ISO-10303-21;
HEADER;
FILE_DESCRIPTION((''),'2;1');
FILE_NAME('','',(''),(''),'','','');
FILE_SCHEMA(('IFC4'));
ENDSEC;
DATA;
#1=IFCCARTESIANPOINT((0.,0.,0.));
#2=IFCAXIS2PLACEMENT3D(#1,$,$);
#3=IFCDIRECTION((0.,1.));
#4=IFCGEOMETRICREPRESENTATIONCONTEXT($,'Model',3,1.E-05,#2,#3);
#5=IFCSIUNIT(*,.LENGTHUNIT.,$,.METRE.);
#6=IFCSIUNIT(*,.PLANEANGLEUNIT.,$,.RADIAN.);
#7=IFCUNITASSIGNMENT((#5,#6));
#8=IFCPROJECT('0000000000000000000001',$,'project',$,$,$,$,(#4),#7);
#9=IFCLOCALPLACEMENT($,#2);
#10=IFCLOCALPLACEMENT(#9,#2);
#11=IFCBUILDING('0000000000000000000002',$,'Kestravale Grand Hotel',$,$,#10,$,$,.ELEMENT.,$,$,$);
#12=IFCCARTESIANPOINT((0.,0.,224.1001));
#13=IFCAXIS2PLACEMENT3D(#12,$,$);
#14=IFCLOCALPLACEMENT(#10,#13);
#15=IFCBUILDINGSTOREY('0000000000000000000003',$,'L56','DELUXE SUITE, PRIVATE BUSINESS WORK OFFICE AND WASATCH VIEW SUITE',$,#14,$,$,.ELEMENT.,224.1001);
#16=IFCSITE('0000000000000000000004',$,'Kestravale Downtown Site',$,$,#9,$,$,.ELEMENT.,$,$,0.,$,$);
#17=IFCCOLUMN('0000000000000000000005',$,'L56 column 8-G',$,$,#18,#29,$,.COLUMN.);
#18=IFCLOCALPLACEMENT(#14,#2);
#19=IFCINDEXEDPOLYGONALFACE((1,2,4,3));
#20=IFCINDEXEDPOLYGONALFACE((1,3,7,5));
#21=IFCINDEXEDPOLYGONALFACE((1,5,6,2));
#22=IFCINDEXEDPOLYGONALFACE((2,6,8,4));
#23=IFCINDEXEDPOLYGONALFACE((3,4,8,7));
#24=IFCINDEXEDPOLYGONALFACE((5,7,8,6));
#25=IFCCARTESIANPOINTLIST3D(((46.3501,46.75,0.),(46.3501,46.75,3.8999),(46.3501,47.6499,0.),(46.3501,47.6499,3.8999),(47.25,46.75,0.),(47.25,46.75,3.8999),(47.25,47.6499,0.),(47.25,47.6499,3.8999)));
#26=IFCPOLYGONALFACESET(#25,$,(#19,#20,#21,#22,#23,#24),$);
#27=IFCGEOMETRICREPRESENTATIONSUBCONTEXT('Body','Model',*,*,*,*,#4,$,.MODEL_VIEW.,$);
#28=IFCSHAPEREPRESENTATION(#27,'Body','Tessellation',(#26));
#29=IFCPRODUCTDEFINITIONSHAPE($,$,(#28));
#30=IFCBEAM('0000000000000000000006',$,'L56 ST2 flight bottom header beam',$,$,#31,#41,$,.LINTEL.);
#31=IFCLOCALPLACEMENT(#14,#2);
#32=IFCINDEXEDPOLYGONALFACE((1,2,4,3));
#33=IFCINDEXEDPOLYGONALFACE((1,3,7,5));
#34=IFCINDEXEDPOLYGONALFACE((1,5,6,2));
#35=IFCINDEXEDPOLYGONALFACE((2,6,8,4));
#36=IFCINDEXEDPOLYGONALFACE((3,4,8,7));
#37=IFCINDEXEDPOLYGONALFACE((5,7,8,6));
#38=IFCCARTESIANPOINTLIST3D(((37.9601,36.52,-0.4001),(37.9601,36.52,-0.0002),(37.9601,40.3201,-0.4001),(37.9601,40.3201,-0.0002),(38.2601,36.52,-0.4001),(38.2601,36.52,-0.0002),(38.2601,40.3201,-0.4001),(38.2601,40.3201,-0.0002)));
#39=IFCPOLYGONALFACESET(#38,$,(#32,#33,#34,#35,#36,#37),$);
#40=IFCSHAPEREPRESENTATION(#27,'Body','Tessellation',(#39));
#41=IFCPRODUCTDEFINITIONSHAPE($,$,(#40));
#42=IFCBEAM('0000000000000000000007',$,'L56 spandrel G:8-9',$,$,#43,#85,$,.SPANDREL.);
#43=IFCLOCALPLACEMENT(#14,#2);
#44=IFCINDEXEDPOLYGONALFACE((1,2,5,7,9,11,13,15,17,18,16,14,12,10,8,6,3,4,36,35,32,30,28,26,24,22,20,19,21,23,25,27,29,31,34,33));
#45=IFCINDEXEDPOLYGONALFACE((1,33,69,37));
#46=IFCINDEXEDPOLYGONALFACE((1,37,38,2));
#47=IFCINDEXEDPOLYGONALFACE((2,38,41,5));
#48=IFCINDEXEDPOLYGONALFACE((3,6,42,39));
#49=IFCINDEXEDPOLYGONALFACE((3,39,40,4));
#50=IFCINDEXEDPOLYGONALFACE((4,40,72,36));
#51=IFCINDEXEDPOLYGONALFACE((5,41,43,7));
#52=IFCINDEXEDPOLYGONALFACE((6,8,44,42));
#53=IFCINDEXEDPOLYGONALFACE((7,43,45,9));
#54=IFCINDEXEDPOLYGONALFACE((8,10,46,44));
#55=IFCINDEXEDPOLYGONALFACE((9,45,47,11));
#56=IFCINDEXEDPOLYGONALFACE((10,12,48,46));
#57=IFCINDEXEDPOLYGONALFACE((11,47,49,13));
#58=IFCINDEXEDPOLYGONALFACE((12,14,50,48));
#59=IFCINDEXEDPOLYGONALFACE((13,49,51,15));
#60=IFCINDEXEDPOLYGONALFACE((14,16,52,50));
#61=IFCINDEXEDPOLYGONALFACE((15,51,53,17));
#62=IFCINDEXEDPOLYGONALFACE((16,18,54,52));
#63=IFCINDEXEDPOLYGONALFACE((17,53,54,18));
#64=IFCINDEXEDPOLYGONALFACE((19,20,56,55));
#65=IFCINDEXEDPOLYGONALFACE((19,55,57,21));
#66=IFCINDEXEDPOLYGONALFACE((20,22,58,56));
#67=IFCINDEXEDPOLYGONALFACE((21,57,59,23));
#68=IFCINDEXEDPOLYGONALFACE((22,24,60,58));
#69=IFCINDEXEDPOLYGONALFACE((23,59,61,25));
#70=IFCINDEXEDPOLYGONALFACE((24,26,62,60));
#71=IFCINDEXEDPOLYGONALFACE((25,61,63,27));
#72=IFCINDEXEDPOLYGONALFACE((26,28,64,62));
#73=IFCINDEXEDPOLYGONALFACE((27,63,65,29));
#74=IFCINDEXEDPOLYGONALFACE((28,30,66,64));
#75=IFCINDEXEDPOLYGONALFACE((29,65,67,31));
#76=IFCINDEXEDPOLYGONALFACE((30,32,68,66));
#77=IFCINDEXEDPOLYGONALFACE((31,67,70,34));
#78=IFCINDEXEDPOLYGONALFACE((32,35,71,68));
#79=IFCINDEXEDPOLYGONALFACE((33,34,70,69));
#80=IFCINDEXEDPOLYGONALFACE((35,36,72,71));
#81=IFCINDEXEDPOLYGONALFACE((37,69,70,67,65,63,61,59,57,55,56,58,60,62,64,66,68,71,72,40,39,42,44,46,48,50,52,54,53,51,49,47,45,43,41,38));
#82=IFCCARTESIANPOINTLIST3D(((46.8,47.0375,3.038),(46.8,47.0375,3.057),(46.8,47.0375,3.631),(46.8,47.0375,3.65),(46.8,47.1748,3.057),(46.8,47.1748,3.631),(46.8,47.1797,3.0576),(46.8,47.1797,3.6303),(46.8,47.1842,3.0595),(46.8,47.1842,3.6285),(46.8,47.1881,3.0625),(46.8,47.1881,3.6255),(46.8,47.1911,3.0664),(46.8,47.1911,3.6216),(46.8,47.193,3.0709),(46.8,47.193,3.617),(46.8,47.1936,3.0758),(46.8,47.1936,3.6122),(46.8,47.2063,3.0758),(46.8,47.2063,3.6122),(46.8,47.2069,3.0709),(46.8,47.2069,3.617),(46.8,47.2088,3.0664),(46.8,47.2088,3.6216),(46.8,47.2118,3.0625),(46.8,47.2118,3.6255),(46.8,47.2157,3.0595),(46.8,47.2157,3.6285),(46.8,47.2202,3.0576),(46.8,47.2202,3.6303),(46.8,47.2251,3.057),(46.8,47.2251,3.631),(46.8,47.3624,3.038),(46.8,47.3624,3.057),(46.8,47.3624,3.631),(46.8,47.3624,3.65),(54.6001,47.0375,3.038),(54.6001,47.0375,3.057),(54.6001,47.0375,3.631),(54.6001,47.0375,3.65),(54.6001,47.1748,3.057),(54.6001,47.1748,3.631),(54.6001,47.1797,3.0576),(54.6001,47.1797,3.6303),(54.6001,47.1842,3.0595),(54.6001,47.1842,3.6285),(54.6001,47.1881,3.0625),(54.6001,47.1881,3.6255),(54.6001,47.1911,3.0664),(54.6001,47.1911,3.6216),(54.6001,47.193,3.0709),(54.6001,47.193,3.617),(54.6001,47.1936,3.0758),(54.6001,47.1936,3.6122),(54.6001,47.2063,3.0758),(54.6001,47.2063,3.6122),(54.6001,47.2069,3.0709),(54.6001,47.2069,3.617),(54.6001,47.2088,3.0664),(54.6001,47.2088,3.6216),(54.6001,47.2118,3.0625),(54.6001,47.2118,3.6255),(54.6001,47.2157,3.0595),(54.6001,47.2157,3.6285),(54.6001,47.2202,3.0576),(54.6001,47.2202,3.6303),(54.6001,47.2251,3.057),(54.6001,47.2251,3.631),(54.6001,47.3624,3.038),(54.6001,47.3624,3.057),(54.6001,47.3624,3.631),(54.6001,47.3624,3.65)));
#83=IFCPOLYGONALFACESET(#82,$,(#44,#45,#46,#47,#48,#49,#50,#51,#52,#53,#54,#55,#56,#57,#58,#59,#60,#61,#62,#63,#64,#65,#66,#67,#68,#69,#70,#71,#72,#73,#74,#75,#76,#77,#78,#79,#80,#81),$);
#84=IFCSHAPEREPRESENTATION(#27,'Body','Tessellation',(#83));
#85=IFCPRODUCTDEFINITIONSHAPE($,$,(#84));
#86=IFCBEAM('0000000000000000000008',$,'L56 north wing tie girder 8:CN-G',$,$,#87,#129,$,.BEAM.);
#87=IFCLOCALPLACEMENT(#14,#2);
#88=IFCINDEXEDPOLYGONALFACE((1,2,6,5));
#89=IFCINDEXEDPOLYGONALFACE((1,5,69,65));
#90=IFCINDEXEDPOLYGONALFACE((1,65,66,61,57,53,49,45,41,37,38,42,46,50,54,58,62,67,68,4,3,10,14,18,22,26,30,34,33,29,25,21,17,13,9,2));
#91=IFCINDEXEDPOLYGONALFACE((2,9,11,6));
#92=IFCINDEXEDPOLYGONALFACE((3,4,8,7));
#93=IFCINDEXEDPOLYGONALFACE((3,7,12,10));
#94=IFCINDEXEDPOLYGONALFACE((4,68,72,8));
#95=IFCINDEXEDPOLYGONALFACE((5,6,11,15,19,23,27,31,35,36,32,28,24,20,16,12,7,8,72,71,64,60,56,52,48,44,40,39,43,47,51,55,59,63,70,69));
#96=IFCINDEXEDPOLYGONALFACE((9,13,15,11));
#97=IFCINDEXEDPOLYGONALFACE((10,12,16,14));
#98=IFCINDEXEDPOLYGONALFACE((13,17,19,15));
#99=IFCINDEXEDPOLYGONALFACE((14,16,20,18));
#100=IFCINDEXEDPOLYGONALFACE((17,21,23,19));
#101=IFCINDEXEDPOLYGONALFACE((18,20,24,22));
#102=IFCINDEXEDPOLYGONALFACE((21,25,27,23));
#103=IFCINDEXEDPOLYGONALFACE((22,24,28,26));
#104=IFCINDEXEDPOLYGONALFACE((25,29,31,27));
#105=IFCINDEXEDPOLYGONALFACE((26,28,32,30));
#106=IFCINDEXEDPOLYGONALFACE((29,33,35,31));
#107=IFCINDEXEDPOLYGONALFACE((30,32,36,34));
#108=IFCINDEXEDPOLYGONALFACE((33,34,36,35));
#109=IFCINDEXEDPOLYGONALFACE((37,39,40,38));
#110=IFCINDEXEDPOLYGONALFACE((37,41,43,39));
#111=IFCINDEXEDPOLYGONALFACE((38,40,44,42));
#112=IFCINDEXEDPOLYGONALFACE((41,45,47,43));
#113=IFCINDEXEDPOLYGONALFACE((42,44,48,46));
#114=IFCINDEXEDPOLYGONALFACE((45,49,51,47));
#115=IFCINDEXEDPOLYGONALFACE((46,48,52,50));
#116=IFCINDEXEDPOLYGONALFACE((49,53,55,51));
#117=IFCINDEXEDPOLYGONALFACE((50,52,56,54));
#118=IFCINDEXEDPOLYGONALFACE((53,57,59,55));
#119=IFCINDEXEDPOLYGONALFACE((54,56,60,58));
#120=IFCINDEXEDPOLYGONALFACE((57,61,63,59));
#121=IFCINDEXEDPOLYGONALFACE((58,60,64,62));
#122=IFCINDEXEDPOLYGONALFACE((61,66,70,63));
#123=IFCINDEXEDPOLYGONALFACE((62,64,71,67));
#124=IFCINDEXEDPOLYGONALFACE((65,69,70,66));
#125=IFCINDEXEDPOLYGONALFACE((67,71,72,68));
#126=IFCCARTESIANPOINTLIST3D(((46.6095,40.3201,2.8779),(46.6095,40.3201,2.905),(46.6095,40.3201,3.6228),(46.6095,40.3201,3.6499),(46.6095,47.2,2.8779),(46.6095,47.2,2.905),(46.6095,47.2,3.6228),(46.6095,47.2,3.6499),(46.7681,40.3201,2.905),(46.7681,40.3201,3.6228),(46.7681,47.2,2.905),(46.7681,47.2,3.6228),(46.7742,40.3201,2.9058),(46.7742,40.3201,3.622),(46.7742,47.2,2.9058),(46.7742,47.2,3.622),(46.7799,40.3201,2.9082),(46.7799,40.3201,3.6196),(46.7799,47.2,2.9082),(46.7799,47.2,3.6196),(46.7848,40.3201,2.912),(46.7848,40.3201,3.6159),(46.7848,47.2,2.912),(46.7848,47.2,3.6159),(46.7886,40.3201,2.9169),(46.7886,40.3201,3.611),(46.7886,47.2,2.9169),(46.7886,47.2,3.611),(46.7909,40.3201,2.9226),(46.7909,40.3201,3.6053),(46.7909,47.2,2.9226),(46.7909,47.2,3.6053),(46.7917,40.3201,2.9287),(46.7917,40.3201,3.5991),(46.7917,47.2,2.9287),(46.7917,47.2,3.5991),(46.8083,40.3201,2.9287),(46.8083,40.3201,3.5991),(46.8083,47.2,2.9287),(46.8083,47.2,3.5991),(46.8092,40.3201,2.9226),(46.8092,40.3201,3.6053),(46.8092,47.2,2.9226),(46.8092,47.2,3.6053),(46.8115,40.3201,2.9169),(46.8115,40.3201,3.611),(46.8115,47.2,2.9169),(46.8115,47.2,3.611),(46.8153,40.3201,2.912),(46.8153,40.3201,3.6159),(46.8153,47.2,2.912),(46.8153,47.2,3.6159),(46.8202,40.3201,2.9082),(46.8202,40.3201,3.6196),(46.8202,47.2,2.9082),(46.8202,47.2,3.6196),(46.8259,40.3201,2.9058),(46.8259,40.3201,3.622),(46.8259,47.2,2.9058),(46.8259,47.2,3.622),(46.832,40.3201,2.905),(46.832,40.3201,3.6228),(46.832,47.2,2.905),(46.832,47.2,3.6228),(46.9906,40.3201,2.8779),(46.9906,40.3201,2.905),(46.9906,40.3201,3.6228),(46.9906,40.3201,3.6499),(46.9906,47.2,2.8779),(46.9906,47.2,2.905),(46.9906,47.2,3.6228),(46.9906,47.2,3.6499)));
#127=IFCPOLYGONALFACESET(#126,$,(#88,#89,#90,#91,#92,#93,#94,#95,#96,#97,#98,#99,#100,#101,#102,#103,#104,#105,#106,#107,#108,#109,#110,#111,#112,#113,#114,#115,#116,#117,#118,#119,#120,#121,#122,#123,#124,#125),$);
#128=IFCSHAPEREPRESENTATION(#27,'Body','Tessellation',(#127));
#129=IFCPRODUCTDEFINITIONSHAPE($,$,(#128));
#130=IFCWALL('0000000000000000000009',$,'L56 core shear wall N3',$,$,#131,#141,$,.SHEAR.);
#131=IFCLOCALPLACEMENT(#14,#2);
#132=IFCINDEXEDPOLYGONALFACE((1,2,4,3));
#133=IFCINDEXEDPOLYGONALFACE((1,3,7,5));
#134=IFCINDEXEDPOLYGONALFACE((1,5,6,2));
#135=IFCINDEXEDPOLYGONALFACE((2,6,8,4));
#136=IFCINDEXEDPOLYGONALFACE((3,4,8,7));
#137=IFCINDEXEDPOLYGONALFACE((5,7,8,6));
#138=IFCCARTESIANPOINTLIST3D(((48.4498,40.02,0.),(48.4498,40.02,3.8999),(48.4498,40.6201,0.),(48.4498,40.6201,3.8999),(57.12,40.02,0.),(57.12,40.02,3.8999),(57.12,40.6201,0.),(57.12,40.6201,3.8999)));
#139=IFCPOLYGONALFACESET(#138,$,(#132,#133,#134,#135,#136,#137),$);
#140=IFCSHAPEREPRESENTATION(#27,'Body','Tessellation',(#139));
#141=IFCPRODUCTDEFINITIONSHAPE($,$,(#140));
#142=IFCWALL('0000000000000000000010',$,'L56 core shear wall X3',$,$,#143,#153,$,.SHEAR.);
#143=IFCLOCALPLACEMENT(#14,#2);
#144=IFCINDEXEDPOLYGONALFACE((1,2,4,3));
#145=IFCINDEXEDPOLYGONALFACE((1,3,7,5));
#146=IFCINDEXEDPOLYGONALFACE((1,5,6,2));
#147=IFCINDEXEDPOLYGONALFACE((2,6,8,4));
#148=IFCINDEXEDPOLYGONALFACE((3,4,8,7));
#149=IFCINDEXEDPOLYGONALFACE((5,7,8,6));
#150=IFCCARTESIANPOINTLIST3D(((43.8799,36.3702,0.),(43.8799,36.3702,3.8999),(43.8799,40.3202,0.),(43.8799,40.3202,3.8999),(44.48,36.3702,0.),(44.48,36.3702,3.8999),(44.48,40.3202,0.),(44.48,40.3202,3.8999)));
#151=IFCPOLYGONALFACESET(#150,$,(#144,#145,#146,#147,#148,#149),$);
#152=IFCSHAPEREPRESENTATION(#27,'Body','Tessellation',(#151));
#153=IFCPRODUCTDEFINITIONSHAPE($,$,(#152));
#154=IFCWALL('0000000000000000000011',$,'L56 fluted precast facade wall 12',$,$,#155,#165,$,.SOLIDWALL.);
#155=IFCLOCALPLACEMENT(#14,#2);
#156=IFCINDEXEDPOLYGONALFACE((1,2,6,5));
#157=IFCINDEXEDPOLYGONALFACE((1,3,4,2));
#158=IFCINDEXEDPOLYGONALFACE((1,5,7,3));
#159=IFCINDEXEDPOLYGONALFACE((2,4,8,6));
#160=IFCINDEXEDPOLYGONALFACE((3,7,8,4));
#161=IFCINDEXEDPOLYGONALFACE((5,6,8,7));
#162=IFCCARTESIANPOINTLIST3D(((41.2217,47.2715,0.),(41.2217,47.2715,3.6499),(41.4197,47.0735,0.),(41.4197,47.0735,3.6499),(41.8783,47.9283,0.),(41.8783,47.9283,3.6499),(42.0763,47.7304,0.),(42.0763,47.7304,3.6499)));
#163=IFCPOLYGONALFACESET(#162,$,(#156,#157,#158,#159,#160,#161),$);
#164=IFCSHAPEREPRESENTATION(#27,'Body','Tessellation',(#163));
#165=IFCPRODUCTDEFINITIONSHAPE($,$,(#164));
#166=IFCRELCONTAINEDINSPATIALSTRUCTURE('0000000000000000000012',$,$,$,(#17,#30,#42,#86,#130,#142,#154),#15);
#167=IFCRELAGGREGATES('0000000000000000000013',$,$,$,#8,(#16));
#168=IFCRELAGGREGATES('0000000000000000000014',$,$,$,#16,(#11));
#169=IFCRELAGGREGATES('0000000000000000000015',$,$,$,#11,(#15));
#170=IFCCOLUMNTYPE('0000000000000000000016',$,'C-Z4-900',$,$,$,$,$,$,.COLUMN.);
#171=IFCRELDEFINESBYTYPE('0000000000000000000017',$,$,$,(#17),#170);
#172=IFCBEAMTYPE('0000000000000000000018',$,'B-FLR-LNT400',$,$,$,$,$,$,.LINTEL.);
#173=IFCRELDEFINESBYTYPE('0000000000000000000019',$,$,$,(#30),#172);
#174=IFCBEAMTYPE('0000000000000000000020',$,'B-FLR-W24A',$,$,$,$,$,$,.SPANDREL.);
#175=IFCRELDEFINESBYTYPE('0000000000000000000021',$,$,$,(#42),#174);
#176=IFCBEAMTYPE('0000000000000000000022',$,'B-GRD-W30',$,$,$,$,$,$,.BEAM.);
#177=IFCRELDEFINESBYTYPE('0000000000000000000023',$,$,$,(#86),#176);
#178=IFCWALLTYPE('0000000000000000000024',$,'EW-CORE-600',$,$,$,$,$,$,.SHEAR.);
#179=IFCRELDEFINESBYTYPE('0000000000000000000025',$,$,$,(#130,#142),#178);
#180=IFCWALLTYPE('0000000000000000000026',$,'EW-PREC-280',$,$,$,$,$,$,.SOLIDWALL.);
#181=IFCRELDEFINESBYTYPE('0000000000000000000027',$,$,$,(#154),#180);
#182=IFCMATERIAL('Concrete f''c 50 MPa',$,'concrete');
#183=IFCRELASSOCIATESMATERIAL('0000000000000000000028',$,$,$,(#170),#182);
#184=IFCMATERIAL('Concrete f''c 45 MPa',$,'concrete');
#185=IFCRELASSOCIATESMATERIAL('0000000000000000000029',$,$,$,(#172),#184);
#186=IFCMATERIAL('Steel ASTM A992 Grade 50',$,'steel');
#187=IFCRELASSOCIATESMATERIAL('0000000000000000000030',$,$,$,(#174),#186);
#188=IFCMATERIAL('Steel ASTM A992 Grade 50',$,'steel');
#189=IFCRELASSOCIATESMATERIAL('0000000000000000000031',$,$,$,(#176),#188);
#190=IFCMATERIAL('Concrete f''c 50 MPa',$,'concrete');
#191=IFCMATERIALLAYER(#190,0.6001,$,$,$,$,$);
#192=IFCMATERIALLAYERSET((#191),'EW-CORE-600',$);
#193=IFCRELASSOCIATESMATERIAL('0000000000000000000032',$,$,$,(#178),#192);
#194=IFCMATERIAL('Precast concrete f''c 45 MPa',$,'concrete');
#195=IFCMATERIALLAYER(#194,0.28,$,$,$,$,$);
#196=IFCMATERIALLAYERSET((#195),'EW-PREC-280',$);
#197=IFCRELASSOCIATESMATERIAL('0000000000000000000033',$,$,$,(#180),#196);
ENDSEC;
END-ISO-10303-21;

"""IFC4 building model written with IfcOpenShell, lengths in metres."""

from ifc_helpers import new_model, si_unit, direction, frame, frame_2d, origin, origin_2d, place, context, subcontext, project, spatial, rectangle, i_section, extrude, material, layer, layer_set, material_profile, profile_set, type_object, element, save


model = new_model("IFC4")

# Units and contexts
model_context = context("Model", 3, precision=1e-05, world=origin(), true_north=direction((0.0, 1.0)))
body_context = subcontext(model_context, "Body", "Model", "MODEL_VIEW")
ifc_project = project(units=[si_unit("LENGTHUNIT", "METRE"), si_unit("PLANEANGLEUNIT", "RADIAN")], contexts=[model_context])

# Site, building, storey
site_placement = place(None, origin())
site = spatial("IfcSite", under=ifc_project, at=site_placement, Name="Kestravale Downtown Site", CompositionType="ELEMENT", RefElevation=0.0)
building_placement = place(site_placement, origin())
building = spatial("IfcBuilding", under=site, at=building_placement, Name="Kestravale Grand Hotel", CompositionType="ELEMENT")
storey_placement = place(building_placement, frame((0.0, 0.0, 224.1001)))
storey = spatial("IfcBuildingStorey", under=building, at=storey_placement, Name="L56", Description="DELUXE SUITE, PRIVATE BUSINESS WORK OFFICE AND WASATCH VIEW SUITE", CompositionType="ELEMENT", Elevation=224.1001)

# Column
ifc_material_1 = material(Name="Concrete f'c 50 MPa", Category="concrete")
ifc_material_profile_1 = material_profile(ifc_material_1, rectangle(XDim=0.8999, YDim=0.8999, at=origin_2d()))
ifc_profile_set_1 = profile_set([ifc_material_profile_1], Name="Concrete f'c 50 MPa")
column_type = type_object("IfcColumnType", Name="C-Z4-900", PredefinedType="COLUMN", material=ifc_profile_set_1)
column_placement = place(storey_placement, frame((46.8, 47.2, 0.0), z_axis=(0.0, 0.0, 1.0), x_axis=(1.0, 0.0, 0.0)))
element("IfcColumn", 1, at=column_placement, inside=storey, type_object=column_type, Name="L56 column 8-G", PredefinedType="COLUMN", context=body_context, shape_type="SweptSolid", body=[
    extrude(rectangle(XDim=0.8999, YDim=0.8999, at=origin_2d()), origin(), (0.0, 0.0, 1.0), 3.8999),
])

# Beams
ifc_material_2 = material(Name="Concrete f'c 45 MPa", Category="concrete")
ifc_material_profile_2 = material_profile(ifc_material_2, rectangle(XDim=0.3, YDim=0.3999, at=origin_2d()))
ifc_profile_set_2 = profile_set([ifc_material_profile_2], Name="Concrete f'c 45 MPa")
beam_type_1 = type_object("IfcBeamType", Name="B-FLR-LNT400", PredefinedType="LINTEL", material=ifc_profile_set_2)
beam_1_placement = place(storey_placement, frame((38.1101, 36.52, -0.2002), z_axis=(0.0, 1.0, 0.0), x_axis=(-1.0, 0.0, 0.0)))
element("IfcBeam", 2, at=beam_1_placement, inside=storey, type_object=beam_type_1, Name="L56 ST2 flight bottom header beam", PredefinedType="LINTEL", context=body_context, shape_type="SweptSolid", body=[
    extrude(rectangle(XDim=0.3, YDim=0.3999, at=origin_2d()), origin(), (0.0, 0.0, 1.0), 3.8),
])
ifc_material_3 = material(Name="Steel ASTM A992 Grade 50", Category="steel")
ifc_material_profile_3 = material_profile(ifc_material_3, i_section(OverallWidth=0.325, OverallDepth=0.6121, WebThickness=0.0127, FlangeThickness=0.019, FilletRadius=0.0188, at=origin_2d()))
ifc_profile_set_3 = profile_set([ifc_material_profile_3], Name="Steel ASTM A992 Grade 50")
beam_type_2 = type_object("IfcBeamType", Name="B-FLR-W24A", PredefinedType="SPANDREL", material=ifc_profile_set_3)
beam_2_placement = place(storey_placement, frame((46.8, 47.2, 3.344), z_axis=(1.0, 0.0, 0.0), x_axis=(0.0, 1.0, 0.0)))
element("IfcBeam", 3, at=beam_2_placement, inside=storey, type_object=beam_type_2, Name="L56 spandrel G:8-9", PredefinedType="SPANDREL", context=body_context, shape_type="SweptSolid", body=[
    extrude(i_section(OverallWidth=0.325, OverallDepth=0.6121, WebThickness=0.0127, FlangeThickness=0.019, FilletRadius=0.0188, at=origin_2d()), origin(), (0.0, 0.0, 1.0), 7.8),
])
ifc_material_4 = material(Name="Steel ASTM A992 Grade 50", Category="steel")
ifc_material_profile_4 = material_profile(ifc_material_4, i_section(OverallWidth=0.3811, OverallDepth=0.772, WebThickness=0.0166, FlangeThickness=0.0271, FilletRadius=0.0237, at=origin_2d()))
ifc_profile_set_4 = profile_set([ifc_material_profile_4], Name="Steel ASTM A992 Grade 50")
beam_type_3 = type_object("IfcBeamType", Name="B-GRD-W30", PredefinedType="BEAM", material=ifc_profile_set_4)
beam_3_placement = place(storey_placement, frame((46.8, 40.3201, 3.2639), z_axis=(0.0, 1.0, 0.0), x_axis=(-1.0, 0.0, 0.0)))
element("IfcBeam", 4, at=beam_3_placement, inside=storey, type_object=beam_type_3, Name="L56 north wing tie girder 8:CN-G", PredefinedType="BEAM", context=body_context, shape_type="SweptSolid", body=[
    extrude(i_section(OverallWidth=0.3811, OverallDepth=0.772, WebThickness=0.0166, FlangeThickness=0.0271, FilletRadius=0.0237, at=origin_2d()), origin(), (0.0, 0.0, 1.0), 6.8799),
])

# Walls
ifc_material_5 = material(Name="Concrete f'c 50 MPa", Category="concrete")
ifc_layer_1 = layer(ifc_material_5, 0.6001)
ifc_layer_set_1 = layer_set([ifc_layer_1], Name="EW-CORE-600")
wall_type_1 = type_object("IfcWallType", Name="EW-CORE-600", PredefinedType="SHEAR", material=ifc_layer_set_1)
wall_1_placement = place(storey_placement, frame((48.45, 40.3201, 0.0), z_axis=(0.0, 0.0, 1.0), x_axis=(1.0, 0.0, 0.0)))
element("IfcWall", 5, at=wall_1_placement, inside=storey, type_object=wall_type_1, Name="L56 core shear wall N3", PredefinedType="SHEAR", context=body_context, shape_type="SweptSolid", body=[
    extrude(rectangle(XDim=8.6702, YDim=0.6001, at=frame_2d((4.335, 0.0))), origin(), (0.0, 0.0, 1.0), 3.8999),
])
wall_2_placement = place(storey_placement, frame((44.1799, 36.3701, 0.0), z_axis=(0.0, 0.0, 1.0), x_axis=(0.0, 1.0, 0.0)))
element("IfcWall", 6, at=wall_2_placement, inside=storey, type_object=wall_type_1, Name="L56 core shear wall X3", PredefinedType="SHEAR", context=body_context, shape_type="SweptSolid", body=[
    extrude(rectangle(XDim=3.95, YDim=0.6001, at=frame_2d((1.9751, 0.0))), origin(), (0.0, 0.0, 1.0), 3.8999),
])
ifc_material_6 = material(Name="Precast concrete f'c 45 MPa", Category="concrete")
ifc_layer_2 = layer(ifc_material_6, 0.28)
ifc_layer_set_2 = layer_set([ifc_layer_2], Name="EW-PREC-280")
wall_type_2 = type_object("IfcWallType", Name="EW-PREC-280", PredefinedType="SOLIDWALL", material=ifc_layer_set_2)
wall_3_placement = place(storey_placement, frame((41.9773, 47.8293, 0.0), z_axis=(0.0, 0.0, 1.0), x_axis=(-0.706975, -0.707238, 0.0)))
element("IfcWall", 7, at=wall_3_placement, inside=storey, type_object=wall_type_2, Name="L56 fluted precast facade wall 12", PredefinedType="SOLIDWALL", context=body_context, shape_type="SweptSolid", body=[
    extrude(rectangle(XDim=0.9287, YDim=0.28, at=frame_2d((0.4644, 0.0))), origin(), (0.0, 0.0, 1.0), 3.6499),
])

save(model, "model.ifc")
